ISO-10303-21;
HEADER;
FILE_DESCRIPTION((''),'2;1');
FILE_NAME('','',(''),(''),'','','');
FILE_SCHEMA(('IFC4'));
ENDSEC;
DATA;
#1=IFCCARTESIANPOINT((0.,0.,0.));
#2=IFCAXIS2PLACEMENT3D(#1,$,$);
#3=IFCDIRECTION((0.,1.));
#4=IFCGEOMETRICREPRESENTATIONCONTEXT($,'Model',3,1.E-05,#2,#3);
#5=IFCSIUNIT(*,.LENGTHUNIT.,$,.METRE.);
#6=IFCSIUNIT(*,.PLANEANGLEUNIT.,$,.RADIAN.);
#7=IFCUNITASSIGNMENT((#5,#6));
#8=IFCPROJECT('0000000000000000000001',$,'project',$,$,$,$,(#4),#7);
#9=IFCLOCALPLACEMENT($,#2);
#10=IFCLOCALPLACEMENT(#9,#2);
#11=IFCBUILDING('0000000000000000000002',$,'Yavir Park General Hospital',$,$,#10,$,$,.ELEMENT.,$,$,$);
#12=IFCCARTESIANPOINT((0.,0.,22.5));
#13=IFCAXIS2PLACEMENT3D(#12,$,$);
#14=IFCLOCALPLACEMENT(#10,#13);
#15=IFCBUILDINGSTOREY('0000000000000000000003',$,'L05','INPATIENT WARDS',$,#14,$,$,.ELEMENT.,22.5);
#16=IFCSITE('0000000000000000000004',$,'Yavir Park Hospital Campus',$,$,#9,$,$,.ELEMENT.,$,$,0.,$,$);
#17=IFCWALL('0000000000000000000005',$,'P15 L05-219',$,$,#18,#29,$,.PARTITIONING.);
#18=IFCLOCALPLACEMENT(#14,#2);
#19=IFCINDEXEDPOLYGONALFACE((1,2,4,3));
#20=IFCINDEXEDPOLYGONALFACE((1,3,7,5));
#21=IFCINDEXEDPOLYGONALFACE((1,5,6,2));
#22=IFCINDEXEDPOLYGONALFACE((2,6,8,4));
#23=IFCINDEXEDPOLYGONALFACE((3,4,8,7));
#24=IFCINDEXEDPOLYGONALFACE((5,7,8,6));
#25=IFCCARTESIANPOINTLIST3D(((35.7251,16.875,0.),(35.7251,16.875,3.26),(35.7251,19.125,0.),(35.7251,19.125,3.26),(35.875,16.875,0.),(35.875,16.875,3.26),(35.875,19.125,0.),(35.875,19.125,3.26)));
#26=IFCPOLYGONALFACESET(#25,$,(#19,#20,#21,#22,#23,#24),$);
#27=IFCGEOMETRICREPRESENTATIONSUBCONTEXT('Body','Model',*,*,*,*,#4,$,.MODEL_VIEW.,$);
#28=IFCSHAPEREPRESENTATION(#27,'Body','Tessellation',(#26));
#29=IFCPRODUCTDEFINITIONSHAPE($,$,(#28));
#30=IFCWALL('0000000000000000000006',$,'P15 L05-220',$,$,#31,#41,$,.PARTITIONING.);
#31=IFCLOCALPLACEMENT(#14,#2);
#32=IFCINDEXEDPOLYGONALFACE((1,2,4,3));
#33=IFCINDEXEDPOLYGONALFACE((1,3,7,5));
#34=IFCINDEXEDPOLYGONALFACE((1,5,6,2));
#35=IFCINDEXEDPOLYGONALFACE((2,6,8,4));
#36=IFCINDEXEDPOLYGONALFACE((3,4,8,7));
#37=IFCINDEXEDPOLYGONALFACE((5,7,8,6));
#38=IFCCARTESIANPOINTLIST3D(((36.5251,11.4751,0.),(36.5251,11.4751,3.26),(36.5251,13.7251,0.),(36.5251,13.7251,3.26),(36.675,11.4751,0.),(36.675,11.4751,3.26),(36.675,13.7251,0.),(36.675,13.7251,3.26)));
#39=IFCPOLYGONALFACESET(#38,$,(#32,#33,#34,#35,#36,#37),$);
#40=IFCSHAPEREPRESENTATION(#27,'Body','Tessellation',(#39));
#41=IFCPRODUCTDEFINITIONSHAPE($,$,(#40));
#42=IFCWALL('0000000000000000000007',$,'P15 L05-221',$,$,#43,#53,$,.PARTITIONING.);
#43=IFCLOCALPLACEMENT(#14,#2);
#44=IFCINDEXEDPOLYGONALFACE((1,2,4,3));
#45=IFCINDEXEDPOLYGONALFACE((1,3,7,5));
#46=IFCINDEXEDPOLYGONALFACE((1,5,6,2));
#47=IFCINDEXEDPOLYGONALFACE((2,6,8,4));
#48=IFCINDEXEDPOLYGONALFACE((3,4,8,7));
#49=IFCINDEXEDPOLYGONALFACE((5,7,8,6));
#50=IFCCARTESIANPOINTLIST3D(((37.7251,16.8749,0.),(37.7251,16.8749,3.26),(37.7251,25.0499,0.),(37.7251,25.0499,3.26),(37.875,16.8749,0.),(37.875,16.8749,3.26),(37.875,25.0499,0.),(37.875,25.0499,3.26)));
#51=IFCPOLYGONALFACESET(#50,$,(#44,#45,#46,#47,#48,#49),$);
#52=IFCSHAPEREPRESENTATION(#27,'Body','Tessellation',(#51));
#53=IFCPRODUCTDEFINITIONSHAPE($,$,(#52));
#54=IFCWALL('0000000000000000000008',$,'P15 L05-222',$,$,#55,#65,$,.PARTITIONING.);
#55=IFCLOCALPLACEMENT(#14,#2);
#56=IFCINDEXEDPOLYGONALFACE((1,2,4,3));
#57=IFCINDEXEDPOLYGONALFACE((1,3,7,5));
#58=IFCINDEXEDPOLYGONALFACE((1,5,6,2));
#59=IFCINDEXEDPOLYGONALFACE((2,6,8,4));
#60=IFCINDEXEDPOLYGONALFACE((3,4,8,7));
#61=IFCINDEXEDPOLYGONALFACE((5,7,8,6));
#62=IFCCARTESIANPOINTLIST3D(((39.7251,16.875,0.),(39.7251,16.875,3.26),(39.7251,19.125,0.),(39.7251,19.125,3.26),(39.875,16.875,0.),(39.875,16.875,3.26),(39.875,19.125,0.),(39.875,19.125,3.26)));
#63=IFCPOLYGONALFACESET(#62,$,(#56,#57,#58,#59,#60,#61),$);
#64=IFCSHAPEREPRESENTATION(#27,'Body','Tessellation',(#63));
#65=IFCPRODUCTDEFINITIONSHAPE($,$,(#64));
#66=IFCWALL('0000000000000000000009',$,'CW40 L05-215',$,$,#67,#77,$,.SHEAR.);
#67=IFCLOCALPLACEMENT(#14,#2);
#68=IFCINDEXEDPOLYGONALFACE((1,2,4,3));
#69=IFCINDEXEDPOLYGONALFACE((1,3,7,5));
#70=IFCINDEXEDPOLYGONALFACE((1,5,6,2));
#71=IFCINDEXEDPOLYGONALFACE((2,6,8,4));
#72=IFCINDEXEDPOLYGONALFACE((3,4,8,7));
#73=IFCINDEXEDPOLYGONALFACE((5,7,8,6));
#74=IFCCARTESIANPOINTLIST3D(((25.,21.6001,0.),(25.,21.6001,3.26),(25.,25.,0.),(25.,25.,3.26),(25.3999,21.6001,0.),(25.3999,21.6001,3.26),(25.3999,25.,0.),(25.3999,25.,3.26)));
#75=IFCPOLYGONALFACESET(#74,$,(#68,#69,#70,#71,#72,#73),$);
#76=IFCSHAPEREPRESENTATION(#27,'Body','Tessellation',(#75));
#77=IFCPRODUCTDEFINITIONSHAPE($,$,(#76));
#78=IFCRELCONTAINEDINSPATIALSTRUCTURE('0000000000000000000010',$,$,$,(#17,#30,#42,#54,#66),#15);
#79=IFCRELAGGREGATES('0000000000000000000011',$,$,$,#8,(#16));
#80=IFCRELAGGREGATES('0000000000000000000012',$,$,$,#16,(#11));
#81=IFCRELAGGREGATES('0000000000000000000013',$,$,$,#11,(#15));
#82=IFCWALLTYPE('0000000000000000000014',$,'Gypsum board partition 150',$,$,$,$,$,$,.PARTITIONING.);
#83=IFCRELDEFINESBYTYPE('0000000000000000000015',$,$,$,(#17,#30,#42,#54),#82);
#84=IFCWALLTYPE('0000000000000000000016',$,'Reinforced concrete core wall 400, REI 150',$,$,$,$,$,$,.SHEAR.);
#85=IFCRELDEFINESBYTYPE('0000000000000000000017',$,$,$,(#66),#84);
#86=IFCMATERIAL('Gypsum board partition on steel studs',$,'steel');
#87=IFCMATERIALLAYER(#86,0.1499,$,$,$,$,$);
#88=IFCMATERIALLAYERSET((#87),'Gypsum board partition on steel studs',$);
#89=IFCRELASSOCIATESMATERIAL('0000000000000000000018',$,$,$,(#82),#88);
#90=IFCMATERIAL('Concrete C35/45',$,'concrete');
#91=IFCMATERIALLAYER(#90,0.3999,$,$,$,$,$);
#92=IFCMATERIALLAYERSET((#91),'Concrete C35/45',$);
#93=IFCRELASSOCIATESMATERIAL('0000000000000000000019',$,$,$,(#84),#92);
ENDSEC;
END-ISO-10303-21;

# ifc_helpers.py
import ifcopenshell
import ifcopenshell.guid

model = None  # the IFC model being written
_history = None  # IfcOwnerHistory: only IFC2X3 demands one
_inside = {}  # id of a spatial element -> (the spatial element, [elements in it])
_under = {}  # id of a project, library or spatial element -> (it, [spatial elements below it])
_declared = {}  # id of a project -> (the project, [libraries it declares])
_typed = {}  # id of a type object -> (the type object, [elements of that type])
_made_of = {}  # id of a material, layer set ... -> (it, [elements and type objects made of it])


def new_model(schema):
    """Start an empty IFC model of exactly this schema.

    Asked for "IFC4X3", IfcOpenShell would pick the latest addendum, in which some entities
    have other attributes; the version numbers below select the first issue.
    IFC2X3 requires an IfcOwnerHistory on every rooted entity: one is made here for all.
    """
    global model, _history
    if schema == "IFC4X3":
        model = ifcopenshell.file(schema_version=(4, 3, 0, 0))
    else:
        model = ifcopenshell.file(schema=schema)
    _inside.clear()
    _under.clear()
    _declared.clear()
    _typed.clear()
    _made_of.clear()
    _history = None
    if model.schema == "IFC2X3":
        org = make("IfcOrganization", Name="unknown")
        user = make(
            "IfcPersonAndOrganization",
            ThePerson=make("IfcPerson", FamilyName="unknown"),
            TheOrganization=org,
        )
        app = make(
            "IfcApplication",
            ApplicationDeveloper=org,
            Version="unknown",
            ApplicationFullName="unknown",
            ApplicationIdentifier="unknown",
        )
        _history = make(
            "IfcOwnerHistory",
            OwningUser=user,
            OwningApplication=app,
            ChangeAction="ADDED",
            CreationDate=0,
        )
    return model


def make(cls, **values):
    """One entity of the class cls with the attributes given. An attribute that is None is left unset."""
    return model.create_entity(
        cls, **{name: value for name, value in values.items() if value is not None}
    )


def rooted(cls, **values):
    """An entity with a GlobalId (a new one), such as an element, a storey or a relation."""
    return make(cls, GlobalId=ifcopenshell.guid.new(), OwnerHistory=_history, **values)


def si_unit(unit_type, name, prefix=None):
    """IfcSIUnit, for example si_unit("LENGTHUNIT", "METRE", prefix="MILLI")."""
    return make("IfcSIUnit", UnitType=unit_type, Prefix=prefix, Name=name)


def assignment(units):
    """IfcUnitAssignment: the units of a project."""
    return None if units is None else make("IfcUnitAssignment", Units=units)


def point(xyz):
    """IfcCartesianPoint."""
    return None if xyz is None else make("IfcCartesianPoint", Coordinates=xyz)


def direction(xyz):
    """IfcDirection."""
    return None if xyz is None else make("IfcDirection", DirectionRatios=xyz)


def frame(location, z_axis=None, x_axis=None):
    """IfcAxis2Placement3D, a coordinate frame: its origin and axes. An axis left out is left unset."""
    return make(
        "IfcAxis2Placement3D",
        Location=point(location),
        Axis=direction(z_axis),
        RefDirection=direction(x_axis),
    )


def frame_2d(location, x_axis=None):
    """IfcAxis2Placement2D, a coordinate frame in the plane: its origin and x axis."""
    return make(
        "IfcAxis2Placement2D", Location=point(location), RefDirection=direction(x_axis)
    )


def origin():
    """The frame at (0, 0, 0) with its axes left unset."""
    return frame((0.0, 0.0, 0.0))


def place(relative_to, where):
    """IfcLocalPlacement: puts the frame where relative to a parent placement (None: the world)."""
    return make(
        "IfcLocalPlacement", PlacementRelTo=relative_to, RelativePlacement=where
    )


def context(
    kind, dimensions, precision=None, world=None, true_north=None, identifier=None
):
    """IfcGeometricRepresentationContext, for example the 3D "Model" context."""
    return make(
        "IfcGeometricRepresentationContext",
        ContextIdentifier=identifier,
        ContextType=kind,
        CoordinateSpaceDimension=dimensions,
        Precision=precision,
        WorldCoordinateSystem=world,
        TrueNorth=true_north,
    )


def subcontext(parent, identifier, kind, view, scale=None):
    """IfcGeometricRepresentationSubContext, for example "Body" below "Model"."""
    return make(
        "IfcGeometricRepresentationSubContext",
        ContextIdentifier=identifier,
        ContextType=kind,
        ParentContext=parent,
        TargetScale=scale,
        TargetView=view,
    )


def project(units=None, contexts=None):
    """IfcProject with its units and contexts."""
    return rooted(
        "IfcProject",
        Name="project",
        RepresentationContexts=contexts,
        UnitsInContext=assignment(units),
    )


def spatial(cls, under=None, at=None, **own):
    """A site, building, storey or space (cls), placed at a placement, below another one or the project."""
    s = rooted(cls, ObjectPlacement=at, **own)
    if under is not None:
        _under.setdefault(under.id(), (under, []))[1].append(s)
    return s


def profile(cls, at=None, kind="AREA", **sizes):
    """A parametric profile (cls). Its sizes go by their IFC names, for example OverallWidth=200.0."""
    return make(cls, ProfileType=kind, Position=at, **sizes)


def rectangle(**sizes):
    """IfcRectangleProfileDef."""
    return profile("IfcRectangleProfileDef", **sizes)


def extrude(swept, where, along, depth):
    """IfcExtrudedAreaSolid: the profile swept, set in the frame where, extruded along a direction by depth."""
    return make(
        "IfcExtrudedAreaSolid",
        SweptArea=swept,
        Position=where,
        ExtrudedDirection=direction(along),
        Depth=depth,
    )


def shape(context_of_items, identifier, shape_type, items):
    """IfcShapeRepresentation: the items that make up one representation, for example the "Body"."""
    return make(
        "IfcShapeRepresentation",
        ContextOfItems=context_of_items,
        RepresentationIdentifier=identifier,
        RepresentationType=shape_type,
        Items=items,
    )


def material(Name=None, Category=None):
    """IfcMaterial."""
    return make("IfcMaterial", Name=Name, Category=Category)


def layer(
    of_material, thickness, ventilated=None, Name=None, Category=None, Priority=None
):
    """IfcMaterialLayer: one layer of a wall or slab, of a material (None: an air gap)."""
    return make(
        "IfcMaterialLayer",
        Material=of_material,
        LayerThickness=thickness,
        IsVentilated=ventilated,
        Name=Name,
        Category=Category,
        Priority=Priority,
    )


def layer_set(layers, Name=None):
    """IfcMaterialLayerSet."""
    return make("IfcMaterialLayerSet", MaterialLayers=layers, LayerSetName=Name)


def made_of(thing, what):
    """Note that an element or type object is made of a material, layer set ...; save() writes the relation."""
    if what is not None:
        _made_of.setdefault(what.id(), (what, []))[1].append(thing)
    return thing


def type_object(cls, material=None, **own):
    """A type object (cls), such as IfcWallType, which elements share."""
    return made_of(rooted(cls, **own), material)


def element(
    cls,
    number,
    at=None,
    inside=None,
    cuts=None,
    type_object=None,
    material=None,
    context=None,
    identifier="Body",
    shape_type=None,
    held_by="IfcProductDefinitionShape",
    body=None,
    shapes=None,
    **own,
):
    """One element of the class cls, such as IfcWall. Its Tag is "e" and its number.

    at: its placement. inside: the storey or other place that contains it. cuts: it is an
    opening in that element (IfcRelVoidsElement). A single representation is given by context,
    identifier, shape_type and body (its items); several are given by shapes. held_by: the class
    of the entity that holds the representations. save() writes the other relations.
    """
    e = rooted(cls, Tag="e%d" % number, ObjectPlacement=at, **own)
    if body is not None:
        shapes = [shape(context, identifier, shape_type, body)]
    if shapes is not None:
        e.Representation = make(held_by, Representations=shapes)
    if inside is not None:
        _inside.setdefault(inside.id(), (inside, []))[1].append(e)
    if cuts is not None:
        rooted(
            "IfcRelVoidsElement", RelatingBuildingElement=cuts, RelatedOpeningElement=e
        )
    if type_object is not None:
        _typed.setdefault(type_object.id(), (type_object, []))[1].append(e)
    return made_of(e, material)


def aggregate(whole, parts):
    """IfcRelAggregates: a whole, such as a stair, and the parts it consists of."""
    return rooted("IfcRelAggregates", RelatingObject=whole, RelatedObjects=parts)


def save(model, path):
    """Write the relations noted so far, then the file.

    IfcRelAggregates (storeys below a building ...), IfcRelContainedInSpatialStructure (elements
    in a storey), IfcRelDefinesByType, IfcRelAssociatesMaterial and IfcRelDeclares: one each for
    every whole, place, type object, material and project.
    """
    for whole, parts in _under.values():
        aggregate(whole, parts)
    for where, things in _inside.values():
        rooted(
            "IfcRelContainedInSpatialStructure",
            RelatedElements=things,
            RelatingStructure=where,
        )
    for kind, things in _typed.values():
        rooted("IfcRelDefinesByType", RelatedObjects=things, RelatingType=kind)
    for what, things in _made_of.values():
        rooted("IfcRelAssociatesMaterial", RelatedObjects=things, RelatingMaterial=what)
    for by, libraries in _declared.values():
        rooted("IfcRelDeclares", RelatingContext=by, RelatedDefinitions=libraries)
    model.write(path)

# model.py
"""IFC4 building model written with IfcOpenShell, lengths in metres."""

from ifc_helpers import new_model, si_unit, direction, frame, frame_2d, origin, place, context, subcontext, project, spatial, rectangle, extrude, material, layer, layer_set, type_object, element, save


model = new_model("IFC4")

# Units and contexts
model_context = context("Model", 3, precision=1e-05, world=origin(), true_north=direction((0.0, 1.0)))
body_context = subcontext(model_context, "Body", "Model", "MODEL_VIEW")
ifc_project = project(units=[si_unit("LENGTHUNIT", "METRE"), si_unit("PLANEANGLEUNIT", "RADIAN")], contexts=[model_context])

# Site, building, storey
site_placement = place(None, origin())
site = spatial("IfcSite", under=ifc_project, at=site_placement, Name="Yavir Park Hospital Campus", CompositionType="ELEMENT", RefElevation=0.0)
building_placement = place(site_placement, origin())
building = spatial("IfcBuilding", under=site, at=building_placement, Name="Yavir Park General Hospital", CompositionType="ELEMENT")
storey_placement = place(building_placement, frame((0.0, 0.0, 22.5)))
storey = spatial("IfcBuildingStorey", under=building, at=storey_placement, Name="L05", Description="INPATIENT WARDS", CompositionType="ELEMENT", Elevation=22.5)

# Shared definitions
ifc_material_1 = material(Name="Gypsum board partition on steel studs", Category="steel")
ifc_layer_1 = layer(ifc_material_1, 0.1499)
ifc_layer_set_1 = layer_set([ifc_layer_1], Name="Gypsum board partition on steel studs")
wall_type_1 = type_object("IfcWallType", Name="Gypsum board partition 150", PredefinedType="PARTITIONING", material=ifc_layer_set_1)

# Walls
for number, where, z_axis, x_axis, name in (
    (1, (35.8, 16.875, 0.0), (0.0, 0.0, 1.0), (0.0, 1.0, 0.0), "P15 L05-219"),
    (2, (36.6001, 11.4751, 0.0), (0.0, 0.0, 1.0), (0.0, 1.0, 0.0), "P15 L05-220"),
):
    element("IfcWall", number, at=place(storey_placement, frame(where, z_axis=z_axis, x_axis=x_axis)), inside=storey, type_object=wall_type_1, Name=name, PredefinedType="PARTITIONING", context=body_context, shape_type="SweptSolid", body=[
        extrude(rectangle(XDim=2.25, YDim=0.1499, at=frame_2d((1.125, 0.0))), origin(), (0.0, 0.0, 1.0), 3.26),
    ])
wall_1_placement = place(storey_placement, frame((37.8, 16.875, 0.0), z_axis=(0.0, 0.0, 1.0), x_axis=(0.0, 1.0, 0.0)))
element("IfcWall", 3, at=wall_1_placement, inside=storey, type_object=wall_type_1, Name="P15 L05-221", PredefinedType="PARTITIONING", context=body_context, shape_type="SweptSolid", body=[
    extrude(rectangle(XDim=8.175, YDim=0.1499, at=frame_2d((4.0874, 0.0))), origin(), (0.0, 0.0, 1.0), 3.26),
])
wall_2_placement = place(storey_placement, frame((39.8, 16.875, 0.0), z_axis=(0.0, 0.0, 1.0), x_axis=(0.0, 1.0, 0.0)))
element("IfcWall", 4, at=wall_2_placement, inside=storey, type_object=wall_type_1, Name="P15 L05-222", PredefinedType="PARTITIONING", context=body_context, shape_type="SweptSolid", body=[
    extrude(rectangle(XDim=2.25, YDim=0.1499, at=frame_2d((1.125, 0.0))), origin(), (0.0, 0.0, 1.0), 3.26),
])
ifc_material_2 = material(Name="Concrete C35/45", Category="concrete")
ifc_layer_2 = layer(ifc_material_2, 0.3999)
ifc_layer_set_2 = layer_set([ifc_layer_2], Name="Concrete C35/45")
wall_type_2 = type_object("IfcWallType", Name="Reinforced concrete core wall 400, REI 150", PredefinedType="SHEAR", material=ifc_layer_set_2)
wall_3_placement = place(storey_placement, frame((25.2, 21.6001, 0.0), z_axis=(0.0, 0.0, 1.0), x_axis=(0.0, 1.0, 0.0)))
element("IfcWall", 5, at=wall_3_placement, inside=storey, type_object=wall_type_2, Name="CW40 L05-215", PredefinedType="SHEAR", context=body_context, shape_type="SweptSolid", body=[
    extrude(rectangle(XDim=3.3999, YDim=0.3999, at=frame_2d((1.7, 0.0))), origin(), (0.0, 0.0, 1.0), 3.26),
])

save(model, "model.ifc")
